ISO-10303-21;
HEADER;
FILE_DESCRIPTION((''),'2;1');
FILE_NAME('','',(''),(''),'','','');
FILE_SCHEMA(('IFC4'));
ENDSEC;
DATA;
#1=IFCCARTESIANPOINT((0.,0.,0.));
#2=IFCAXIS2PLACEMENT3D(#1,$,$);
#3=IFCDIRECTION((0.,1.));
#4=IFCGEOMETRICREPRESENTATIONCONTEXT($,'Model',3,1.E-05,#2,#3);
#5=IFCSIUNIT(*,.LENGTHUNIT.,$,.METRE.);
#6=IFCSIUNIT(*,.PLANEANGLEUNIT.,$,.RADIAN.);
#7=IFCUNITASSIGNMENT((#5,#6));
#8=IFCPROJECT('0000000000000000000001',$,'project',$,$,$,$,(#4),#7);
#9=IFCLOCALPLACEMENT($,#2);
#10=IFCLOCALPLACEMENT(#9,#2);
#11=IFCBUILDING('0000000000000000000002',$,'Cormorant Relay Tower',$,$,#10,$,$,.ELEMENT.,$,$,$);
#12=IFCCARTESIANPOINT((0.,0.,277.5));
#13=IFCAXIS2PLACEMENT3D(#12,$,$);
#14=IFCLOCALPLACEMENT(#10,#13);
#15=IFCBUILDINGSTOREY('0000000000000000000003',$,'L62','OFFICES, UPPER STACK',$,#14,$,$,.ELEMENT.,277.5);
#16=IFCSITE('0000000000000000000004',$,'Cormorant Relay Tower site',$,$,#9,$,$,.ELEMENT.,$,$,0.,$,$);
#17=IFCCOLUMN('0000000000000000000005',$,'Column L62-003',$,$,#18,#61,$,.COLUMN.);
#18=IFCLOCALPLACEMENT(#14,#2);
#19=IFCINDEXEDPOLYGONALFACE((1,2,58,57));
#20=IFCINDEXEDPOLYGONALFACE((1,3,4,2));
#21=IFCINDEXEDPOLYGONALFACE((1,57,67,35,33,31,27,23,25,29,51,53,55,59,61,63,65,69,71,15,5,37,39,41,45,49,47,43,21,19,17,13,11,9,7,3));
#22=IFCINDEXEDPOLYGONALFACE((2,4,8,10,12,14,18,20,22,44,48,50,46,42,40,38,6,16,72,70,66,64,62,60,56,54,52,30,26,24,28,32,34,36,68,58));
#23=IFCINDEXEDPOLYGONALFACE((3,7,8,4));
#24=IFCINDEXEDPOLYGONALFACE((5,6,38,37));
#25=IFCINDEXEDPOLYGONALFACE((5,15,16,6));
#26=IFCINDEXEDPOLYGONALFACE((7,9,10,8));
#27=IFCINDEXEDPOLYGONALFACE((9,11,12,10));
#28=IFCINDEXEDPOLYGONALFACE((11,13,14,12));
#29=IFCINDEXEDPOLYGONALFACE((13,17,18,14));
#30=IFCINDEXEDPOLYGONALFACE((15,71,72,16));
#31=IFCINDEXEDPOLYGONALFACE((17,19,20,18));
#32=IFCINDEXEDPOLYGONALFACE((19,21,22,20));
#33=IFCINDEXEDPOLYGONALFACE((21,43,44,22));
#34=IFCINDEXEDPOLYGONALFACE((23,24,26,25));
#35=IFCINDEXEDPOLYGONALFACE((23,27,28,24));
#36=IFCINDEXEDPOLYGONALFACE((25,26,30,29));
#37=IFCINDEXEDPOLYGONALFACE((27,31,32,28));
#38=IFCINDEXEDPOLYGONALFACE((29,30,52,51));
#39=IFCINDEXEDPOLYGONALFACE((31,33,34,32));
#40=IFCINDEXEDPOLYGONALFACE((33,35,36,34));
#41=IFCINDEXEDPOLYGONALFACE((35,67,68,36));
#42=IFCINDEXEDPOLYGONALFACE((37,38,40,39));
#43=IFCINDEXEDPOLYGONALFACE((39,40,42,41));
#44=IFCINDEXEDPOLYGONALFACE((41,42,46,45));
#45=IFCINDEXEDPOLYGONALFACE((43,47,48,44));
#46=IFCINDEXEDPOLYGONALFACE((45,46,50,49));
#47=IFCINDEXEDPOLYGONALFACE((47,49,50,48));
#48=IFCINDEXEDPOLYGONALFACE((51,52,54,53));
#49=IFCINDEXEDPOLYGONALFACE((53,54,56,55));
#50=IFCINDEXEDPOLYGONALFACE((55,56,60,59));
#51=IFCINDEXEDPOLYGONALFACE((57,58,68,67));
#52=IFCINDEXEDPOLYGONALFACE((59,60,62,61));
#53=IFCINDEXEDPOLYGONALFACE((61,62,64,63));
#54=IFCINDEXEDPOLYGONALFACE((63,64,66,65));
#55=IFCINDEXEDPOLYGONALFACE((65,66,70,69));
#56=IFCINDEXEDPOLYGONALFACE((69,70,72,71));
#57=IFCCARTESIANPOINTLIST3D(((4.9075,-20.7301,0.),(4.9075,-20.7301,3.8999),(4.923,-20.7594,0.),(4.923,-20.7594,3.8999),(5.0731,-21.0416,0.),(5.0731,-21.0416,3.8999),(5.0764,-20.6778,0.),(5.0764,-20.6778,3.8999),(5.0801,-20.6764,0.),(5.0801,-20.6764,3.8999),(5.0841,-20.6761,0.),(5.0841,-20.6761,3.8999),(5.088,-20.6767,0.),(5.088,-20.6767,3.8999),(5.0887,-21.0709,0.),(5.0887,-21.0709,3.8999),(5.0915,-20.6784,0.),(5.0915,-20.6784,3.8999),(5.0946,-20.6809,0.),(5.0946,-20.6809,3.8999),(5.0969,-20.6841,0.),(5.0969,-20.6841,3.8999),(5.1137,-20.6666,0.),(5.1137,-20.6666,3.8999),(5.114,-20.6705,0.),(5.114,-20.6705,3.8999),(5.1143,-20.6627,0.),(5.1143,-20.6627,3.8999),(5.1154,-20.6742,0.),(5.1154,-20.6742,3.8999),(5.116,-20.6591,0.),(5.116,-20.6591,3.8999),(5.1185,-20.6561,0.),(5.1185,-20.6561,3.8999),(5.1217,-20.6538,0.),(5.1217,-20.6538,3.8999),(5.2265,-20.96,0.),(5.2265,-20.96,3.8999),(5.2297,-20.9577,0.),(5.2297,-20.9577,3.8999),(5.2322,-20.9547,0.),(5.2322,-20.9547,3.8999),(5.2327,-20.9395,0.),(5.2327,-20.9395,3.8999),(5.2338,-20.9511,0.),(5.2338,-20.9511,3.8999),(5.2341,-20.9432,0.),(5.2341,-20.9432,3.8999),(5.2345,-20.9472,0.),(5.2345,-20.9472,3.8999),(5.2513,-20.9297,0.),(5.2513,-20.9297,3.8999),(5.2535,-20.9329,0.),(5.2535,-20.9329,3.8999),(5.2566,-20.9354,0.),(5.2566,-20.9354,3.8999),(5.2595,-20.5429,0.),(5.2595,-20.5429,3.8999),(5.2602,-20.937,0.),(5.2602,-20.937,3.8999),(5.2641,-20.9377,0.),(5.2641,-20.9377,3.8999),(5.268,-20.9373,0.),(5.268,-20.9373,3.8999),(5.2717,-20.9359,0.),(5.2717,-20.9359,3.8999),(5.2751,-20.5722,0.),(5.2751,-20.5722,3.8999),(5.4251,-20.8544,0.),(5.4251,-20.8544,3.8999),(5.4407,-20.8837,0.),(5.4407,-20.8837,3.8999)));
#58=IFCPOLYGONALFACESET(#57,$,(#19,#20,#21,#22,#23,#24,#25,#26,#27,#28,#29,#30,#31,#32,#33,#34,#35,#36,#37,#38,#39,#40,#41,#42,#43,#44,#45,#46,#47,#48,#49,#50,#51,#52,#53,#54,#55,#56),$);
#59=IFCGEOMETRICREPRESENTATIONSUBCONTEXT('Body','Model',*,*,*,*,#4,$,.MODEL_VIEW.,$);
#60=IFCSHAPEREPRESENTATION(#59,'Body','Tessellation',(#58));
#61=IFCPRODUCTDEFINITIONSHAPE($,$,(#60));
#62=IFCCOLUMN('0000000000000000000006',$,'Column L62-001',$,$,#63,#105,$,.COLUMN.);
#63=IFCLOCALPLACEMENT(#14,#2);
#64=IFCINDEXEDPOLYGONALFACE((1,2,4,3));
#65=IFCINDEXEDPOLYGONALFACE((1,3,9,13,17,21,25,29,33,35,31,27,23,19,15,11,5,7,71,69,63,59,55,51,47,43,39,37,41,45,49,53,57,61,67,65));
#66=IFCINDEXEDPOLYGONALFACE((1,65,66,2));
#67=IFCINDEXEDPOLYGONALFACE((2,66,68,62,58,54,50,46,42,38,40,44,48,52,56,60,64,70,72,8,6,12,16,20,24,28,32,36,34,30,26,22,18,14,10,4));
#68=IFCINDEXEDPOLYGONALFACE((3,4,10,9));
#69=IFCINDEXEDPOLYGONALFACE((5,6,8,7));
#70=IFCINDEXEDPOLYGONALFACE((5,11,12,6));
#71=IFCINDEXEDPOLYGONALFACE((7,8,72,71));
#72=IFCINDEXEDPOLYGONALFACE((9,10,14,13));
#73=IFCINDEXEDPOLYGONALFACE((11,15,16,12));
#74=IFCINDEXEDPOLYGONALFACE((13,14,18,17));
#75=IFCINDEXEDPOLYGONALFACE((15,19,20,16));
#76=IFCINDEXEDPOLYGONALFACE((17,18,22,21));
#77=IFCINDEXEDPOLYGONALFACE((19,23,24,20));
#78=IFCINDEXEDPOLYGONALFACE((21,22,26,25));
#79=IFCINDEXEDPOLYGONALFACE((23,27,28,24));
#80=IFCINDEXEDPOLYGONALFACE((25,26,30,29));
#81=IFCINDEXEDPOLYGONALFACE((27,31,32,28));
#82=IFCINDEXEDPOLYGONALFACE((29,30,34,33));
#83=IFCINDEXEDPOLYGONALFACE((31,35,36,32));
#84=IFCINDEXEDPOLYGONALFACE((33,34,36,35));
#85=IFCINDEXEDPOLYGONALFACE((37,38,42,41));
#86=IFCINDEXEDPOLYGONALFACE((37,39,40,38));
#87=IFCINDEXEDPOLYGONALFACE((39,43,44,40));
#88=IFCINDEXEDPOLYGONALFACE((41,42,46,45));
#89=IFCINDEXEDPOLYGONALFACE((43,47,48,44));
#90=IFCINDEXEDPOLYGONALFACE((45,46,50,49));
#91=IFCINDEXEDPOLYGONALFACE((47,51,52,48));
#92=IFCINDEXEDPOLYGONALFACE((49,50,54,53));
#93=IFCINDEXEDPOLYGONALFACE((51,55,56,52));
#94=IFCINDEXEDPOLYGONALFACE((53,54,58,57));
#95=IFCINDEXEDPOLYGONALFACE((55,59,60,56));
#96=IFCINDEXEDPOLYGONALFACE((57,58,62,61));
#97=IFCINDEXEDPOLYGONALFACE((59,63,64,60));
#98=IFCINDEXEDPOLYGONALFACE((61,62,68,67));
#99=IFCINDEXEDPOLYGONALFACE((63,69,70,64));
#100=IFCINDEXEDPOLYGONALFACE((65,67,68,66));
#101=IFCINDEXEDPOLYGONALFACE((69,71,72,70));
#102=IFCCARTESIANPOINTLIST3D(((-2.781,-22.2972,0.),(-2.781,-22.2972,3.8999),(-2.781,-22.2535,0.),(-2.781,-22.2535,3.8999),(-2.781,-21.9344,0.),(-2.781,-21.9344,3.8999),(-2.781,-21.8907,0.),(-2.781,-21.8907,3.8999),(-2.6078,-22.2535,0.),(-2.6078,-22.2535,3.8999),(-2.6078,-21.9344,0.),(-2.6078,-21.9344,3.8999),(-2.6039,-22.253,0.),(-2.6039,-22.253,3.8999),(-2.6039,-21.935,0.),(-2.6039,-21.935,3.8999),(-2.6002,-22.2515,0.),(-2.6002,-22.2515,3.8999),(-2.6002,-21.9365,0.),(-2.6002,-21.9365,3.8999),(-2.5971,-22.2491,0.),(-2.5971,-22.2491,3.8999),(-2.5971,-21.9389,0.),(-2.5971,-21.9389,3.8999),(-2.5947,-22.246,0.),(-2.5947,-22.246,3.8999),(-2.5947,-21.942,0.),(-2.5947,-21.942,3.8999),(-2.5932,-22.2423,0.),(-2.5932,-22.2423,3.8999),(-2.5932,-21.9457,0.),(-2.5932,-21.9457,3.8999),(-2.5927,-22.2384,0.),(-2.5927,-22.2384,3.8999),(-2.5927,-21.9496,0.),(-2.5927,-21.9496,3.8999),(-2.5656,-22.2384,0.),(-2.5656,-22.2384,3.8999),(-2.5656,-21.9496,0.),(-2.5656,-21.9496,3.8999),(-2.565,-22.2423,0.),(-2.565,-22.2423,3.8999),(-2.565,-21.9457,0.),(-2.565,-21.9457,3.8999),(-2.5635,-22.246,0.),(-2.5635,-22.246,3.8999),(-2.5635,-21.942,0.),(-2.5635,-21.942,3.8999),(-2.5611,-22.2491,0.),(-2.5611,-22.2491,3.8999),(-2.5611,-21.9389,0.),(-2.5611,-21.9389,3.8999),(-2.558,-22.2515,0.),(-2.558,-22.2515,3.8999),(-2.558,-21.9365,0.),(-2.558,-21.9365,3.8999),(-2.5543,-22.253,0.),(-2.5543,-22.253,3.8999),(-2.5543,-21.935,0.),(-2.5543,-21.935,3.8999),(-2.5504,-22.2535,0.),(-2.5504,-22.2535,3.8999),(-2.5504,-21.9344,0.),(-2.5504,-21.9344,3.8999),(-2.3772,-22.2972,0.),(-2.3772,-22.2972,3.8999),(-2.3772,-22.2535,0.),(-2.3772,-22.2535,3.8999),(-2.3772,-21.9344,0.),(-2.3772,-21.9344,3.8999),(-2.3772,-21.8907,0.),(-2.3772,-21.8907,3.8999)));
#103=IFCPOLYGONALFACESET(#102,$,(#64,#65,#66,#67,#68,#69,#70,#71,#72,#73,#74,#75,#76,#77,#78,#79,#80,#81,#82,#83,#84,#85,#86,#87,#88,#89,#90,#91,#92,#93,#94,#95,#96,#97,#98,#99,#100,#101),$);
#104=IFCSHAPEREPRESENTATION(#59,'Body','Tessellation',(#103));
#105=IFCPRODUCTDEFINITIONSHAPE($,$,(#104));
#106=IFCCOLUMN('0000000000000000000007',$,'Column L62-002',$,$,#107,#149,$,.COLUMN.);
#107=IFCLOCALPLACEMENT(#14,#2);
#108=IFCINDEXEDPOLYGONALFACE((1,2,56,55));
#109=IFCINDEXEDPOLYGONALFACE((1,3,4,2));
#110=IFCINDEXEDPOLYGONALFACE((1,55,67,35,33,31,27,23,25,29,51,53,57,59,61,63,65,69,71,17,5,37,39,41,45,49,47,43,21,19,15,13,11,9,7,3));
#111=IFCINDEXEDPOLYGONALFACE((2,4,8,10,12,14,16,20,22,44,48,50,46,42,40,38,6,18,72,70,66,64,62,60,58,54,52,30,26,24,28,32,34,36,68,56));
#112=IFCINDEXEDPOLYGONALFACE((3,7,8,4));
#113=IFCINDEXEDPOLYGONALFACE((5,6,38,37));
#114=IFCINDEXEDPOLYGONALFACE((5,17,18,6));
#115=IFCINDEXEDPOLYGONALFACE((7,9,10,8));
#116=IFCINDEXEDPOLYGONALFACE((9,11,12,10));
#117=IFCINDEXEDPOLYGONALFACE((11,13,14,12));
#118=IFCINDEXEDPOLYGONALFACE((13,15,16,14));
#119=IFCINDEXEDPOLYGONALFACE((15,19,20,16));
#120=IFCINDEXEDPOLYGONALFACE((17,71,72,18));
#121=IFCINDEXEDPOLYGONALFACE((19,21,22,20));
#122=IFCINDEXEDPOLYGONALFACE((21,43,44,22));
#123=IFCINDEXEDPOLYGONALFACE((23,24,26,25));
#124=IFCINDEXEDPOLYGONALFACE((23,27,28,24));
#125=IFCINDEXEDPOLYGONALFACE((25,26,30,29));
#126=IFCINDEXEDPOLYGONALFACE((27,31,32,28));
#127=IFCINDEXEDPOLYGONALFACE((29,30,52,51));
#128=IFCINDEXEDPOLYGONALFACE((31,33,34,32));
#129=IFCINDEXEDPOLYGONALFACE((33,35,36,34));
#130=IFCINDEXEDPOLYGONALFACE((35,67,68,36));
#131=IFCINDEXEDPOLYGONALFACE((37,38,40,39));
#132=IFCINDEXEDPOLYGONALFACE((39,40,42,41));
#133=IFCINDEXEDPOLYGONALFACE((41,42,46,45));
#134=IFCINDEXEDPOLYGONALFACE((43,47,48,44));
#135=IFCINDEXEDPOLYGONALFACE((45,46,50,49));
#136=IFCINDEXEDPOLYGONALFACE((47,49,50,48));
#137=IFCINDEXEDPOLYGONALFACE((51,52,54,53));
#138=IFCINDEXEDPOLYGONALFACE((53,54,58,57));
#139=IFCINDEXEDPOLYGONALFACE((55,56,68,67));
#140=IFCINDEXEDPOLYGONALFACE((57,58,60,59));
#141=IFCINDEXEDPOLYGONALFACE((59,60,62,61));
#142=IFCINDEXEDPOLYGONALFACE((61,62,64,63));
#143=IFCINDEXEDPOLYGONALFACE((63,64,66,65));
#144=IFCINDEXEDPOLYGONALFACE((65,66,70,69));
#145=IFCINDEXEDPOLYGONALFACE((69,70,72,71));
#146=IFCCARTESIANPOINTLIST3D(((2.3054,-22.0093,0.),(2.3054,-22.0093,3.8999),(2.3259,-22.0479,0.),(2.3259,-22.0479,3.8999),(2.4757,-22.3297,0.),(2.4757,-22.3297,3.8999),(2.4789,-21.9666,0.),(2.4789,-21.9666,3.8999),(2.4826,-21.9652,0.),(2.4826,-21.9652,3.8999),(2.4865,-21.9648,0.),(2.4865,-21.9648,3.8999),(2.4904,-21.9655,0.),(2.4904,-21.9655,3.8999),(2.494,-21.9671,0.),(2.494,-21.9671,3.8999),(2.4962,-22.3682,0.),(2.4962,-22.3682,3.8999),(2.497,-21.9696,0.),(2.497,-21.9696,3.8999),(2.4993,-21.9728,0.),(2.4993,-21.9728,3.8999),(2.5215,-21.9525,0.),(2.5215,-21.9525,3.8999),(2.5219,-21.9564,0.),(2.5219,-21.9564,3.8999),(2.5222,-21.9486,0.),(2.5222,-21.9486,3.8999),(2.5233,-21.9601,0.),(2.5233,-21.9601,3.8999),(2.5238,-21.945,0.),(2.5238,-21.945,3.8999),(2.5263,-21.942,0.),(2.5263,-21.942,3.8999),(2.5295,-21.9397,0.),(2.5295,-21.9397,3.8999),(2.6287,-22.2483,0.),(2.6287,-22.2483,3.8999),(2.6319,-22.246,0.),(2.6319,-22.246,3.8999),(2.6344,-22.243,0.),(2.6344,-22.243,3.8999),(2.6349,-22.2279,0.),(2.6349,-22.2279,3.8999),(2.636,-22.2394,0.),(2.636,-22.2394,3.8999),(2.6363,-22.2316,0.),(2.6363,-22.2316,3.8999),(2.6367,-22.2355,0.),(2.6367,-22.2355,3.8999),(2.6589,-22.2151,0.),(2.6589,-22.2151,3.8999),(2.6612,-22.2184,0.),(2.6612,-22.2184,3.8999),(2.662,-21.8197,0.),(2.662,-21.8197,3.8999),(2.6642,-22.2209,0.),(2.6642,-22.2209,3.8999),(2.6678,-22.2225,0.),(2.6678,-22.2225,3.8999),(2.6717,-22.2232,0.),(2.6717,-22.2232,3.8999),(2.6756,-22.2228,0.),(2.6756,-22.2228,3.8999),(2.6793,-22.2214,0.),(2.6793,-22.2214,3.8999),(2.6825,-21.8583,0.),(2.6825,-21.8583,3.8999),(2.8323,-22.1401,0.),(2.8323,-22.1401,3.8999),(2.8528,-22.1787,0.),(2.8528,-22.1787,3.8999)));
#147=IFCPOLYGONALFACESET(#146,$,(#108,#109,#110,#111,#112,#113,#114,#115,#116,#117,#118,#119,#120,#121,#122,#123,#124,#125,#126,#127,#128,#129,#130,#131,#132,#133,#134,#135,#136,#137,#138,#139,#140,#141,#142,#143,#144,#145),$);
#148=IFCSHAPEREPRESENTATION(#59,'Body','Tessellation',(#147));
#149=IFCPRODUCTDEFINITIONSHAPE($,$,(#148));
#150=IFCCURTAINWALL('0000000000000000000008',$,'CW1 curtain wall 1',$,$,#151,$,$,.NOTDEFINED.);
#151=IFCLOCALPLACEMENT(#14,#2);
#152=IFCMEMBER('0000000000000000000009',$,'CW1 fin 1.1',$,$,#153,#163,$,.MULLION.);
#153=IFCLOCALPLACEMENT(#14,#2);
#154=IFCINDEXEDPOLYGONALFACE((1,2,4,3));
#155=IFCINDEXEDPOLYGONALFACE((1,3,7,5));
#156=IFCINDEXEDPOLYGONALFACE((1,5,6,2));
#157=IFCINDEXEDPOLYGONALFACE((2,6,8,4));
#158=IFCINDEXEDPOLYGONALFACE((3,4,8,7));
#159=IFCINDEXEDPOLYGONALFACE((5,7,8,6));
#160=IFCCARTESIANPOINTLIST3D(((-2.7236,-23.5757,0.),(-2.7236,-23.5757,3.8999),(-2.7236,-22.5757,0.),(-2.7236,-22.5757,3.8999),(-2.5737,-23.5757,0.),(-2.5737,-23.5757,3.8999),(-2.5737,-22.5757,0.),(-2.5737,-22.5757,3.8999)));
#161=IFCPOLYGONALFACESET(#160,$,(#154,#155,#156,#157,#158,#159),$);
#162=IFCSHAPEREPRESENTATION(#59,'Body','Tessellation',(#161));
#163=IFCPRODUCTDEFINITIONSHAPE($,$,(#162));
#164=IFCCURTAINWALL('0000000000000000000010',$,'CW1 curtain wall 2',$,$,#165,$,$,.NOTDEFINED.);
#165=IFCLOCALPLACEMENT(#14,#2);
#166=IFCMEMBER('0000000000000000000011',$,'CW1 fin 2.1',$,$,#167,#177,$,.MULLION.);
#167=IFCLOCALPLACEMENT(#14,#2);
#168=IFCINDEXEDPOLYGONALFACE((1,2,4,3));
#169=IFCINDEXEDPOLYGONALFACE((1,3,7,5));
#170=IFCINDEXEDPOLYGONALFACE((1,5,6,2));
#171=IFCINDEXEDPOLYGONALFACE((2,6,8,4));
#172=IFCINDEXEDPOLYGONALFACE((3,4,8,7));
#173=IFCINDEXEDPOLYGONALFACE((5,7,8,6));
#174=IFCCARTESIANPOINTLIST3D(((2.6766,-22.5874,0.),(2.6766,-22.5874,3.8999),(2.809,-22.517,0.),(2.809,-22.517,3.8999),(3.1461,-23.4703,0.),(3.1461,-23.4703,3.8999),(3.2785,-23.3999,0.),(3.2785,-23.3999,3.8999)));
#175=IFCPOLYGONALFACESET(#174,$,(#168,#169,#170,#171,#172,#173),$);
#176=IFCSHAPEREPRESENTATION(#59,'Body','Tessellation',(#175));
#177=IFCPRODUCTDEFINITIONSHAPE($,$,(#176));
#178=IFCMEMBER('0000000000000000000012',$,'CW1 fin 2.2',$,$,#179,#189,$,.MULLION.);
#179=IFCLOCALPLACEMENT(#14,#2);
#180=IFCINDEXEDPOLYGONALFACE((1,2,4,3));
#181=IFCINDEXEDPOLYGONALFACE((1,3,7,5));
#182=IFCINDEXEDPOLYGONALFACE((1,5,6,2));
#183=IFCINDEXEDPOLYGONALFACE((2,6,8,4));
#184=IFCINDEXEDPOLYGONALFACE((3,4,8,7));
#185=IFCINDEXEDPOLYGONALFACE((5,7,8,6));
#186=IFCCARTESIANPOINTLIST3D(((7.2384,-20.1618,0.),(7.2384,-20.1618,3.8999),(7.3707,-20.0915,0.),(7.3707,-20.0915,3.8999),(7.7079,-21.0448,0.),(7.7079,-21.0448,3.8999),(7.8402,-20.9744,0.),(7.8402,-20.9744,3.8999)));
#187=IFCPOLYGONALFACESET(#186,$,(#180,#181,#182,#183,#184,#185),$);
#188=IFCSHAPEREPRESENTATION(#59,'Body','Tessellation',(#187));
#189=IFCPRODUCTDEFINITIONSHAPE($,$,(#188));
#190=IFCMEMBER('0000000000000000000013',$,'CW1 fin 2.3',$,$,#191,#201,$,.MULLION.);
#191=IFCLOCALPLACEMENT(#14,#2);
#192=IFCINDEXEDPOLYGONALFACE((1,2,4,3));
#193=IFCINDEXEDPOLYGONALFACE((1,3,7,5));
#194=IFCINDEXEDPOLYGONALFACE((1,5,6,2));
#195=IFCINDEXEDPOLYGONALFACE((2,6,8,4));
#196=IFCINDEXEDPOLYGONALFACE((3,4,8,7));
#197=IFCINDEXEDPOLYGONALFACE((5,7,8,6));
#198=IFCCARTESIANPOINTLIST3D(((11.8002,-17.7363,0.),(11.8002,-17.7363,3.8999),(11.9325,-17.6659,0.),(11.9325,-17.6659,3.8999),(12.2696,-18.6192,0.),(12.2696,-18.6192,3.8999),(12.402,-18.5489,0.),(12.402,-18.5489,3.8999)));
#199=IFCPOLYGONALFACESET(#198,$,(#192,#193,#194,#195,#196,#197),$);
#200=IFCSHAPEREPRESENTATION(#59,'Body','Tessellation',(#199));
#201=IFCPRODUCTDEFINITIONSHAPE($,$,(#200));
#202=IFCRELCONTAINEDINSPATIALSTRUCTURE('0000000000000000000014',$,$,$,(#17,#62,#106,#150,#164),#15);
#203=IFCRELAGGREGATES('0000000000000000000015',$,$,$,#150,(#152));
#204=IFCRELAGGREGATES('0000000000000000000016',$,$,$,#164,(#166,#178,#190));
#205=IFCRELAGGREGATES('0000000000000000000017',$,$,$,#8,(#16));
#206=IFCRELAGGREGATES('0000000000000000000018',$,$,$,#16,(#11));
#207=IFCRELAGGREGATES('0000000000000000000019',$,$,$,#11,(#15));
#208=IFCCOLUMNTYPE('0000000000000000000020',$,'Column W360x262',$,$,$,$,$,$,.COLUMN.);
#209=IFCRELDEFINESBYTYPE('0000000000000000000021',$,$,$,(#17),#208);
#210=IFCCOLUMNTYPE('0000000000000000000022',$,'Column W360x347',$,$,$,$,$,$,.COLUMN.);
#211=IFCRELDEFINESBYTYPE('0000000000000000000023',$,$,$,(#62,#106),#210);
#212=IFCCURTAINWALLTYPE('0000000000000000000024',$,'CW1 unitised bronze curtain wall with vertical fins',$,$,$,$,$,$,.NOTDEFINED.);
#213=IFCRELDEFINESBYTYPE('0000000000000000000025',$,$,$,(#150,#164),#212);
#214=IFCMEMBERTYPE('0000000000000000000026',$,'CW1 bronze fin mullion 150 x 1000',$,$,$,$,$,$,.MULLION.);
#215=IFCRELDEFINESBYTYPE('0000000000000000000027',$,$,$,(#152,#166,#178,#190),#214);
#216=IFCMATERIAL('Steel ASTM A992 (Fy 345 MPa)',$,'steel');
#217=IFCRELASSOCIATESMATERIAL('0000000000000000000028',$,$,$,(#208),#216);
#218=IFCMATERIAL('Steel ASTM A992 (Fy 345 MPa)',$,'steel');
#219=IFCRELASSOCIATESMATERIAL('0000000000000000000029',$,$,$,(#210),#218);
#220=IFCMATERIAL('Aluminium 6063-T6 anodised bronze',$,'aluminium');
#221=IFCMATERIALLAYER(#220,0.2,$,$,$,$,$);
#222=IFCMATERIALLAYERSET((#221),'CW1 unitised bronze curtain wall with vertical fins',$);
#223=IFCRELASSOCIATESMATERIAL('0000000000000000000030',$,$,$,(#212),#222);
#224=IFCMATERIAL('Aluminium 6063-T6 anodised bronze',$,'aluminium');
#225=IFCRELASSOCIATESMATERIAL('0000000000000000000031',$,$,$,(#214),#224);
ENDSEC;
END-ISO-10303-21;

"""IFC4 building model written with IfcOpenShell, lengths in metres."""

from ifc_helpers import new_model, si_unit, direction, frame, origin, origin_2d, place, context, subcontext, project, spatial, rectangle, i_section, extrude, material, layer, layer_set, material_profile, profile_set, type_object, element, aggregate, save


model = new_model("IFC4")

# Units and contexts
model_context = context("Model", 3, precision=1e-05, world=origin(), true_north=direction((0.0, 1.0)))
body_context = subcontext(model_context, "Body", "Model", "MODEL_VIEW")
ifc_project = project(units=[si_unit("LENGTHUNIT", "METRE"), si_unit("PLANEANGLEUNIT", "RADIAN")], contexts=[model_context])

# Site, building, storey
site_placement = place(None, origin())
site = spatial("IfcSite", under=ifc_project, at=site_placement, Name="Cormorant Relay Tower site", CompositionType="ELEMENT", RefElevation=0.0)
building_placement = place(site_placement, origin())
building = spatial("IfcBuilding", under=site, at=building_placement, Name="Cormorant Relay Tower", CompositionType="ELEMENT")
storey_placement = place(building_placement, frame((0.0, 0.0, 277.5)))
storey = spatial("IfcBuildingStorey", under=building, at=storey_placement, Name="L62", Description="OFFICES, UPPER STACK", CompositionType="ELEMENT", Elevation=277.5)

# Columns
ifc_material_1 = material(Name="Steel ASTM A992 (Fy 345 MPa)", Category="steel")
ifc_material_profile_1 = material_profile(ifc_material_1, i_section(OverallWidth=0.3987, OverallDepth=0.386, WebThickness=0.021, FlangeThickness=0.0332, FilletRadius=0.0151, at=origin_2d()), Name="W360x262")
ifc_profile_set_1 = profile_set([ifc_material_profile_1], Name="Steel ASTM A992 (Fy 345 MPa)")
column_type_1 = type_object("IfcColumnType", Name="Column W360x262", PredefinedType="COLUMN", material=ifc_profile_set_1)
column_placement = place(storey_placement, frame((5.1741, -20.8069, 0.0), z_axis=(0.0, 0.0, 1.0), x_axis=(0.882948, 0.469472, 0.0)))
element("IfcColumn", 1, at=column_placement, inside=storey, type_object=column_type_1, Name="Column L62-003", PredefinedType="COLUMN", context=body_context, shape_type="SweptSolid", body=[
    extrude(i_section(OverallWidth=0.3987, OverallDepth=0.386, WebThickness=0.021, FlangeThickness=0.0332, FilletRadius=0.0151, at=origin_2d()), origin(), (0.0, 0.0, 1.0), 3.8999),
])
ifc_material_2 = material(Name="Steel ASTM A992 (Fy 345 MPa)", Category="steel")
ifc_material_profile_2 = material_profile(ifc_material_2, i_section(OverallWidth=0.4038, OverallDepth=0.4065, WebThickness=0.0271, FlangeThickness=0.0437, FilletRadius=0.0151, at=origin_2d()), Name="W360x347")
ifc_profile_set_2 = profile_set([ifc_material_profile_2], Name="Steel ASTM A992 (Fy 345 MPa)")
column_type_2 = type_object("IfcColumnType", Name="Column W360x347", PredefinedType="COLUMN", material=ifc_profile_set_2)
for number, where, z_axis, x_axis, name in (
    (2, (-2.5791, -22.094, 0.0), (0.0, 0.0, 1.0), (1.0, 0.0, 0.0), "Column L62-001"),
    (3, (2.5791, -22.094, 0.0), (0.0, 0.0, 1.0), (0.882948, 0.469472, 0.0), "Column L62-002"),
):
    element("IfcColumn", number, at=place(storey_placement, frame(where, z_axis=z_axis, x_axis=x_axis)), inside=storey, type_object=column_type_2, Name=name, PredefinedType="COLUMN", context=body_context, shape_type="SweptSolid", body=[
        extrude(i_section(OverallWidth=0.4038, OverallDepth=0.4065, WebThickness=0.0271, FlangeThickness=0.0437, FilletRadius=0.0151, at=origin_2d()), origin(), (0.0, 0.0, 1.0), 3.8999),
    ])

# Curtain wall, member
ifc_material_3 = material(Name="Aluminium 6063-T6 anodised bronze", Category="aluminium")
ifc_layer_1 = layer(ifc_material_3, 0.2)
ifc_layer_set_1 = layer_set([ifc_layer_1], Name="CW1 unitised bronze curtain wall with vertical fins")
curtain_wall_type = type_object("IfcCurtainWallType", Name="CW1 unitised bronze curtain wall with vertical fins", PredefinedType="NOTDEFINED", material=ifc_layer_set_1)
curtain_wall_1_placement = place(storey_placement, origin())
curtain_wall_1 = element("IfcCurtainWall", 4, at=curtain_wall_1_placement, inside=storey, type_object=curtain_wall_type, Name="CW1 curtain wall 1", PredefinedType="NOTDEFINED")
ifc_material_4 = material(Name="Aluminium 6063-T6 anodised bronze", Category="aluminium")
ifc_material_profile_3 = material_profile(ifc_material_4, rectangle(XDim=0.1499, YDim=1.0, at=origin_2d()), Name="AL 150x1000")
ifc_profile_set_3 = profile_set([ifc_material_profile_3], Name="Aluminium 6063-T6 anodised bronze")
member_type_1 = type_object("IfcMemberType", Name="CW1 bronze fin mullion 150 x 1000", PredefinedType="MULLION", material=ifc_profile_set_3)
member_1_placement = place(storey_placement, frame((-2.6487, -23.0757, 0.0), z_axis=(0.0, 0.0, 1.0), x_axis=(1.0, 0.0, 0.0)))
member_1 = element("IfcMember", 5, at=member_1_placement, type_object=member_type_1, Name="CW1 fin 1.1", PredefinedType="MULLION", context=body_context, shape_type="SweptSolid", body=[
    extrude(rectangle(XDim=0.1499, YDim=1.0, at=origin_2d()), origin(), (0.0, 0.0, 1.0), 3.8999),
])

# Curtain wall, members
curtain_wall_2_placement = place(storey_placement, origin())
curtain_wall_2 = element("IfcCurtainWall", 6, at=curtain_wall_2_placement, inside=storey, type_object=curtain_wall_type, Name="CW1 curtain wall 2", PredefinedType="NOTDEFINED")
member_2_placement = place(storey_placement, frame((2.9775, -22.9937, 0.0), z_axis=(0.0, 0.0, 1.0), x_axis=(0.882948, 0.469472, 0.0)))
member_2 = element("IfcMember", 7, at=member_2_placement, type_object=member_type_1, Name="CW1 fin 2.1", PredefinedType="MULLION", context=body_context, shape_type="SweptSolid", body=[
    extrude(rectangle(XDim=0.1499, YDim=1.0, at=origin_2d()), origin(), (0.0, 0.0, 1.0), 3.8999),
])
member_3_placement = place(storey_placement, frame((7.5393, -20.5681, 0.0), z_axis=(0.0, 0.0, 1.0), x_axis=(0.882948, 0.469472, 0.0)))
member_3 = element("IfcMember", 8, at=member_3_placement, type_object=member_type_1, Name="CW1 fin 2.2", PredefinedType="MULLION", context=body_context, shape_type="SweptSolid", body=[
    extrude(rectangle(XDim=0.1499, YDim=1.0, at=origin_2d()), origin(), (0.0, 0.0, 1.0), 3.8999),
])
member_4_placement = place(storey_placement, frame((12.1011, -18.1426, 0.0), z_axis=(0.0, 0.0, 1.0), x_axis=(0.882948, 0.469472, 0.0)))
member_4 = element("IfcMember", 9, at=member_4_placement, type_object=member_type_1, Name="CW1 fin 2.3", PredefinedType="MULLION", context=body_context, shape_type="SweptSolid", body=[
    extrude(rectangle(XDim=0.1499, YDim=1.0, at=origin_2d()), origin(), (0.0, 0.0, 1.0), 3.8999),
])

aggregate(curtain_wall_1, [member_1])

aggregate(curtain_wall_2, [member_2, member_3, member_4])

save(model, "model.ifc")
